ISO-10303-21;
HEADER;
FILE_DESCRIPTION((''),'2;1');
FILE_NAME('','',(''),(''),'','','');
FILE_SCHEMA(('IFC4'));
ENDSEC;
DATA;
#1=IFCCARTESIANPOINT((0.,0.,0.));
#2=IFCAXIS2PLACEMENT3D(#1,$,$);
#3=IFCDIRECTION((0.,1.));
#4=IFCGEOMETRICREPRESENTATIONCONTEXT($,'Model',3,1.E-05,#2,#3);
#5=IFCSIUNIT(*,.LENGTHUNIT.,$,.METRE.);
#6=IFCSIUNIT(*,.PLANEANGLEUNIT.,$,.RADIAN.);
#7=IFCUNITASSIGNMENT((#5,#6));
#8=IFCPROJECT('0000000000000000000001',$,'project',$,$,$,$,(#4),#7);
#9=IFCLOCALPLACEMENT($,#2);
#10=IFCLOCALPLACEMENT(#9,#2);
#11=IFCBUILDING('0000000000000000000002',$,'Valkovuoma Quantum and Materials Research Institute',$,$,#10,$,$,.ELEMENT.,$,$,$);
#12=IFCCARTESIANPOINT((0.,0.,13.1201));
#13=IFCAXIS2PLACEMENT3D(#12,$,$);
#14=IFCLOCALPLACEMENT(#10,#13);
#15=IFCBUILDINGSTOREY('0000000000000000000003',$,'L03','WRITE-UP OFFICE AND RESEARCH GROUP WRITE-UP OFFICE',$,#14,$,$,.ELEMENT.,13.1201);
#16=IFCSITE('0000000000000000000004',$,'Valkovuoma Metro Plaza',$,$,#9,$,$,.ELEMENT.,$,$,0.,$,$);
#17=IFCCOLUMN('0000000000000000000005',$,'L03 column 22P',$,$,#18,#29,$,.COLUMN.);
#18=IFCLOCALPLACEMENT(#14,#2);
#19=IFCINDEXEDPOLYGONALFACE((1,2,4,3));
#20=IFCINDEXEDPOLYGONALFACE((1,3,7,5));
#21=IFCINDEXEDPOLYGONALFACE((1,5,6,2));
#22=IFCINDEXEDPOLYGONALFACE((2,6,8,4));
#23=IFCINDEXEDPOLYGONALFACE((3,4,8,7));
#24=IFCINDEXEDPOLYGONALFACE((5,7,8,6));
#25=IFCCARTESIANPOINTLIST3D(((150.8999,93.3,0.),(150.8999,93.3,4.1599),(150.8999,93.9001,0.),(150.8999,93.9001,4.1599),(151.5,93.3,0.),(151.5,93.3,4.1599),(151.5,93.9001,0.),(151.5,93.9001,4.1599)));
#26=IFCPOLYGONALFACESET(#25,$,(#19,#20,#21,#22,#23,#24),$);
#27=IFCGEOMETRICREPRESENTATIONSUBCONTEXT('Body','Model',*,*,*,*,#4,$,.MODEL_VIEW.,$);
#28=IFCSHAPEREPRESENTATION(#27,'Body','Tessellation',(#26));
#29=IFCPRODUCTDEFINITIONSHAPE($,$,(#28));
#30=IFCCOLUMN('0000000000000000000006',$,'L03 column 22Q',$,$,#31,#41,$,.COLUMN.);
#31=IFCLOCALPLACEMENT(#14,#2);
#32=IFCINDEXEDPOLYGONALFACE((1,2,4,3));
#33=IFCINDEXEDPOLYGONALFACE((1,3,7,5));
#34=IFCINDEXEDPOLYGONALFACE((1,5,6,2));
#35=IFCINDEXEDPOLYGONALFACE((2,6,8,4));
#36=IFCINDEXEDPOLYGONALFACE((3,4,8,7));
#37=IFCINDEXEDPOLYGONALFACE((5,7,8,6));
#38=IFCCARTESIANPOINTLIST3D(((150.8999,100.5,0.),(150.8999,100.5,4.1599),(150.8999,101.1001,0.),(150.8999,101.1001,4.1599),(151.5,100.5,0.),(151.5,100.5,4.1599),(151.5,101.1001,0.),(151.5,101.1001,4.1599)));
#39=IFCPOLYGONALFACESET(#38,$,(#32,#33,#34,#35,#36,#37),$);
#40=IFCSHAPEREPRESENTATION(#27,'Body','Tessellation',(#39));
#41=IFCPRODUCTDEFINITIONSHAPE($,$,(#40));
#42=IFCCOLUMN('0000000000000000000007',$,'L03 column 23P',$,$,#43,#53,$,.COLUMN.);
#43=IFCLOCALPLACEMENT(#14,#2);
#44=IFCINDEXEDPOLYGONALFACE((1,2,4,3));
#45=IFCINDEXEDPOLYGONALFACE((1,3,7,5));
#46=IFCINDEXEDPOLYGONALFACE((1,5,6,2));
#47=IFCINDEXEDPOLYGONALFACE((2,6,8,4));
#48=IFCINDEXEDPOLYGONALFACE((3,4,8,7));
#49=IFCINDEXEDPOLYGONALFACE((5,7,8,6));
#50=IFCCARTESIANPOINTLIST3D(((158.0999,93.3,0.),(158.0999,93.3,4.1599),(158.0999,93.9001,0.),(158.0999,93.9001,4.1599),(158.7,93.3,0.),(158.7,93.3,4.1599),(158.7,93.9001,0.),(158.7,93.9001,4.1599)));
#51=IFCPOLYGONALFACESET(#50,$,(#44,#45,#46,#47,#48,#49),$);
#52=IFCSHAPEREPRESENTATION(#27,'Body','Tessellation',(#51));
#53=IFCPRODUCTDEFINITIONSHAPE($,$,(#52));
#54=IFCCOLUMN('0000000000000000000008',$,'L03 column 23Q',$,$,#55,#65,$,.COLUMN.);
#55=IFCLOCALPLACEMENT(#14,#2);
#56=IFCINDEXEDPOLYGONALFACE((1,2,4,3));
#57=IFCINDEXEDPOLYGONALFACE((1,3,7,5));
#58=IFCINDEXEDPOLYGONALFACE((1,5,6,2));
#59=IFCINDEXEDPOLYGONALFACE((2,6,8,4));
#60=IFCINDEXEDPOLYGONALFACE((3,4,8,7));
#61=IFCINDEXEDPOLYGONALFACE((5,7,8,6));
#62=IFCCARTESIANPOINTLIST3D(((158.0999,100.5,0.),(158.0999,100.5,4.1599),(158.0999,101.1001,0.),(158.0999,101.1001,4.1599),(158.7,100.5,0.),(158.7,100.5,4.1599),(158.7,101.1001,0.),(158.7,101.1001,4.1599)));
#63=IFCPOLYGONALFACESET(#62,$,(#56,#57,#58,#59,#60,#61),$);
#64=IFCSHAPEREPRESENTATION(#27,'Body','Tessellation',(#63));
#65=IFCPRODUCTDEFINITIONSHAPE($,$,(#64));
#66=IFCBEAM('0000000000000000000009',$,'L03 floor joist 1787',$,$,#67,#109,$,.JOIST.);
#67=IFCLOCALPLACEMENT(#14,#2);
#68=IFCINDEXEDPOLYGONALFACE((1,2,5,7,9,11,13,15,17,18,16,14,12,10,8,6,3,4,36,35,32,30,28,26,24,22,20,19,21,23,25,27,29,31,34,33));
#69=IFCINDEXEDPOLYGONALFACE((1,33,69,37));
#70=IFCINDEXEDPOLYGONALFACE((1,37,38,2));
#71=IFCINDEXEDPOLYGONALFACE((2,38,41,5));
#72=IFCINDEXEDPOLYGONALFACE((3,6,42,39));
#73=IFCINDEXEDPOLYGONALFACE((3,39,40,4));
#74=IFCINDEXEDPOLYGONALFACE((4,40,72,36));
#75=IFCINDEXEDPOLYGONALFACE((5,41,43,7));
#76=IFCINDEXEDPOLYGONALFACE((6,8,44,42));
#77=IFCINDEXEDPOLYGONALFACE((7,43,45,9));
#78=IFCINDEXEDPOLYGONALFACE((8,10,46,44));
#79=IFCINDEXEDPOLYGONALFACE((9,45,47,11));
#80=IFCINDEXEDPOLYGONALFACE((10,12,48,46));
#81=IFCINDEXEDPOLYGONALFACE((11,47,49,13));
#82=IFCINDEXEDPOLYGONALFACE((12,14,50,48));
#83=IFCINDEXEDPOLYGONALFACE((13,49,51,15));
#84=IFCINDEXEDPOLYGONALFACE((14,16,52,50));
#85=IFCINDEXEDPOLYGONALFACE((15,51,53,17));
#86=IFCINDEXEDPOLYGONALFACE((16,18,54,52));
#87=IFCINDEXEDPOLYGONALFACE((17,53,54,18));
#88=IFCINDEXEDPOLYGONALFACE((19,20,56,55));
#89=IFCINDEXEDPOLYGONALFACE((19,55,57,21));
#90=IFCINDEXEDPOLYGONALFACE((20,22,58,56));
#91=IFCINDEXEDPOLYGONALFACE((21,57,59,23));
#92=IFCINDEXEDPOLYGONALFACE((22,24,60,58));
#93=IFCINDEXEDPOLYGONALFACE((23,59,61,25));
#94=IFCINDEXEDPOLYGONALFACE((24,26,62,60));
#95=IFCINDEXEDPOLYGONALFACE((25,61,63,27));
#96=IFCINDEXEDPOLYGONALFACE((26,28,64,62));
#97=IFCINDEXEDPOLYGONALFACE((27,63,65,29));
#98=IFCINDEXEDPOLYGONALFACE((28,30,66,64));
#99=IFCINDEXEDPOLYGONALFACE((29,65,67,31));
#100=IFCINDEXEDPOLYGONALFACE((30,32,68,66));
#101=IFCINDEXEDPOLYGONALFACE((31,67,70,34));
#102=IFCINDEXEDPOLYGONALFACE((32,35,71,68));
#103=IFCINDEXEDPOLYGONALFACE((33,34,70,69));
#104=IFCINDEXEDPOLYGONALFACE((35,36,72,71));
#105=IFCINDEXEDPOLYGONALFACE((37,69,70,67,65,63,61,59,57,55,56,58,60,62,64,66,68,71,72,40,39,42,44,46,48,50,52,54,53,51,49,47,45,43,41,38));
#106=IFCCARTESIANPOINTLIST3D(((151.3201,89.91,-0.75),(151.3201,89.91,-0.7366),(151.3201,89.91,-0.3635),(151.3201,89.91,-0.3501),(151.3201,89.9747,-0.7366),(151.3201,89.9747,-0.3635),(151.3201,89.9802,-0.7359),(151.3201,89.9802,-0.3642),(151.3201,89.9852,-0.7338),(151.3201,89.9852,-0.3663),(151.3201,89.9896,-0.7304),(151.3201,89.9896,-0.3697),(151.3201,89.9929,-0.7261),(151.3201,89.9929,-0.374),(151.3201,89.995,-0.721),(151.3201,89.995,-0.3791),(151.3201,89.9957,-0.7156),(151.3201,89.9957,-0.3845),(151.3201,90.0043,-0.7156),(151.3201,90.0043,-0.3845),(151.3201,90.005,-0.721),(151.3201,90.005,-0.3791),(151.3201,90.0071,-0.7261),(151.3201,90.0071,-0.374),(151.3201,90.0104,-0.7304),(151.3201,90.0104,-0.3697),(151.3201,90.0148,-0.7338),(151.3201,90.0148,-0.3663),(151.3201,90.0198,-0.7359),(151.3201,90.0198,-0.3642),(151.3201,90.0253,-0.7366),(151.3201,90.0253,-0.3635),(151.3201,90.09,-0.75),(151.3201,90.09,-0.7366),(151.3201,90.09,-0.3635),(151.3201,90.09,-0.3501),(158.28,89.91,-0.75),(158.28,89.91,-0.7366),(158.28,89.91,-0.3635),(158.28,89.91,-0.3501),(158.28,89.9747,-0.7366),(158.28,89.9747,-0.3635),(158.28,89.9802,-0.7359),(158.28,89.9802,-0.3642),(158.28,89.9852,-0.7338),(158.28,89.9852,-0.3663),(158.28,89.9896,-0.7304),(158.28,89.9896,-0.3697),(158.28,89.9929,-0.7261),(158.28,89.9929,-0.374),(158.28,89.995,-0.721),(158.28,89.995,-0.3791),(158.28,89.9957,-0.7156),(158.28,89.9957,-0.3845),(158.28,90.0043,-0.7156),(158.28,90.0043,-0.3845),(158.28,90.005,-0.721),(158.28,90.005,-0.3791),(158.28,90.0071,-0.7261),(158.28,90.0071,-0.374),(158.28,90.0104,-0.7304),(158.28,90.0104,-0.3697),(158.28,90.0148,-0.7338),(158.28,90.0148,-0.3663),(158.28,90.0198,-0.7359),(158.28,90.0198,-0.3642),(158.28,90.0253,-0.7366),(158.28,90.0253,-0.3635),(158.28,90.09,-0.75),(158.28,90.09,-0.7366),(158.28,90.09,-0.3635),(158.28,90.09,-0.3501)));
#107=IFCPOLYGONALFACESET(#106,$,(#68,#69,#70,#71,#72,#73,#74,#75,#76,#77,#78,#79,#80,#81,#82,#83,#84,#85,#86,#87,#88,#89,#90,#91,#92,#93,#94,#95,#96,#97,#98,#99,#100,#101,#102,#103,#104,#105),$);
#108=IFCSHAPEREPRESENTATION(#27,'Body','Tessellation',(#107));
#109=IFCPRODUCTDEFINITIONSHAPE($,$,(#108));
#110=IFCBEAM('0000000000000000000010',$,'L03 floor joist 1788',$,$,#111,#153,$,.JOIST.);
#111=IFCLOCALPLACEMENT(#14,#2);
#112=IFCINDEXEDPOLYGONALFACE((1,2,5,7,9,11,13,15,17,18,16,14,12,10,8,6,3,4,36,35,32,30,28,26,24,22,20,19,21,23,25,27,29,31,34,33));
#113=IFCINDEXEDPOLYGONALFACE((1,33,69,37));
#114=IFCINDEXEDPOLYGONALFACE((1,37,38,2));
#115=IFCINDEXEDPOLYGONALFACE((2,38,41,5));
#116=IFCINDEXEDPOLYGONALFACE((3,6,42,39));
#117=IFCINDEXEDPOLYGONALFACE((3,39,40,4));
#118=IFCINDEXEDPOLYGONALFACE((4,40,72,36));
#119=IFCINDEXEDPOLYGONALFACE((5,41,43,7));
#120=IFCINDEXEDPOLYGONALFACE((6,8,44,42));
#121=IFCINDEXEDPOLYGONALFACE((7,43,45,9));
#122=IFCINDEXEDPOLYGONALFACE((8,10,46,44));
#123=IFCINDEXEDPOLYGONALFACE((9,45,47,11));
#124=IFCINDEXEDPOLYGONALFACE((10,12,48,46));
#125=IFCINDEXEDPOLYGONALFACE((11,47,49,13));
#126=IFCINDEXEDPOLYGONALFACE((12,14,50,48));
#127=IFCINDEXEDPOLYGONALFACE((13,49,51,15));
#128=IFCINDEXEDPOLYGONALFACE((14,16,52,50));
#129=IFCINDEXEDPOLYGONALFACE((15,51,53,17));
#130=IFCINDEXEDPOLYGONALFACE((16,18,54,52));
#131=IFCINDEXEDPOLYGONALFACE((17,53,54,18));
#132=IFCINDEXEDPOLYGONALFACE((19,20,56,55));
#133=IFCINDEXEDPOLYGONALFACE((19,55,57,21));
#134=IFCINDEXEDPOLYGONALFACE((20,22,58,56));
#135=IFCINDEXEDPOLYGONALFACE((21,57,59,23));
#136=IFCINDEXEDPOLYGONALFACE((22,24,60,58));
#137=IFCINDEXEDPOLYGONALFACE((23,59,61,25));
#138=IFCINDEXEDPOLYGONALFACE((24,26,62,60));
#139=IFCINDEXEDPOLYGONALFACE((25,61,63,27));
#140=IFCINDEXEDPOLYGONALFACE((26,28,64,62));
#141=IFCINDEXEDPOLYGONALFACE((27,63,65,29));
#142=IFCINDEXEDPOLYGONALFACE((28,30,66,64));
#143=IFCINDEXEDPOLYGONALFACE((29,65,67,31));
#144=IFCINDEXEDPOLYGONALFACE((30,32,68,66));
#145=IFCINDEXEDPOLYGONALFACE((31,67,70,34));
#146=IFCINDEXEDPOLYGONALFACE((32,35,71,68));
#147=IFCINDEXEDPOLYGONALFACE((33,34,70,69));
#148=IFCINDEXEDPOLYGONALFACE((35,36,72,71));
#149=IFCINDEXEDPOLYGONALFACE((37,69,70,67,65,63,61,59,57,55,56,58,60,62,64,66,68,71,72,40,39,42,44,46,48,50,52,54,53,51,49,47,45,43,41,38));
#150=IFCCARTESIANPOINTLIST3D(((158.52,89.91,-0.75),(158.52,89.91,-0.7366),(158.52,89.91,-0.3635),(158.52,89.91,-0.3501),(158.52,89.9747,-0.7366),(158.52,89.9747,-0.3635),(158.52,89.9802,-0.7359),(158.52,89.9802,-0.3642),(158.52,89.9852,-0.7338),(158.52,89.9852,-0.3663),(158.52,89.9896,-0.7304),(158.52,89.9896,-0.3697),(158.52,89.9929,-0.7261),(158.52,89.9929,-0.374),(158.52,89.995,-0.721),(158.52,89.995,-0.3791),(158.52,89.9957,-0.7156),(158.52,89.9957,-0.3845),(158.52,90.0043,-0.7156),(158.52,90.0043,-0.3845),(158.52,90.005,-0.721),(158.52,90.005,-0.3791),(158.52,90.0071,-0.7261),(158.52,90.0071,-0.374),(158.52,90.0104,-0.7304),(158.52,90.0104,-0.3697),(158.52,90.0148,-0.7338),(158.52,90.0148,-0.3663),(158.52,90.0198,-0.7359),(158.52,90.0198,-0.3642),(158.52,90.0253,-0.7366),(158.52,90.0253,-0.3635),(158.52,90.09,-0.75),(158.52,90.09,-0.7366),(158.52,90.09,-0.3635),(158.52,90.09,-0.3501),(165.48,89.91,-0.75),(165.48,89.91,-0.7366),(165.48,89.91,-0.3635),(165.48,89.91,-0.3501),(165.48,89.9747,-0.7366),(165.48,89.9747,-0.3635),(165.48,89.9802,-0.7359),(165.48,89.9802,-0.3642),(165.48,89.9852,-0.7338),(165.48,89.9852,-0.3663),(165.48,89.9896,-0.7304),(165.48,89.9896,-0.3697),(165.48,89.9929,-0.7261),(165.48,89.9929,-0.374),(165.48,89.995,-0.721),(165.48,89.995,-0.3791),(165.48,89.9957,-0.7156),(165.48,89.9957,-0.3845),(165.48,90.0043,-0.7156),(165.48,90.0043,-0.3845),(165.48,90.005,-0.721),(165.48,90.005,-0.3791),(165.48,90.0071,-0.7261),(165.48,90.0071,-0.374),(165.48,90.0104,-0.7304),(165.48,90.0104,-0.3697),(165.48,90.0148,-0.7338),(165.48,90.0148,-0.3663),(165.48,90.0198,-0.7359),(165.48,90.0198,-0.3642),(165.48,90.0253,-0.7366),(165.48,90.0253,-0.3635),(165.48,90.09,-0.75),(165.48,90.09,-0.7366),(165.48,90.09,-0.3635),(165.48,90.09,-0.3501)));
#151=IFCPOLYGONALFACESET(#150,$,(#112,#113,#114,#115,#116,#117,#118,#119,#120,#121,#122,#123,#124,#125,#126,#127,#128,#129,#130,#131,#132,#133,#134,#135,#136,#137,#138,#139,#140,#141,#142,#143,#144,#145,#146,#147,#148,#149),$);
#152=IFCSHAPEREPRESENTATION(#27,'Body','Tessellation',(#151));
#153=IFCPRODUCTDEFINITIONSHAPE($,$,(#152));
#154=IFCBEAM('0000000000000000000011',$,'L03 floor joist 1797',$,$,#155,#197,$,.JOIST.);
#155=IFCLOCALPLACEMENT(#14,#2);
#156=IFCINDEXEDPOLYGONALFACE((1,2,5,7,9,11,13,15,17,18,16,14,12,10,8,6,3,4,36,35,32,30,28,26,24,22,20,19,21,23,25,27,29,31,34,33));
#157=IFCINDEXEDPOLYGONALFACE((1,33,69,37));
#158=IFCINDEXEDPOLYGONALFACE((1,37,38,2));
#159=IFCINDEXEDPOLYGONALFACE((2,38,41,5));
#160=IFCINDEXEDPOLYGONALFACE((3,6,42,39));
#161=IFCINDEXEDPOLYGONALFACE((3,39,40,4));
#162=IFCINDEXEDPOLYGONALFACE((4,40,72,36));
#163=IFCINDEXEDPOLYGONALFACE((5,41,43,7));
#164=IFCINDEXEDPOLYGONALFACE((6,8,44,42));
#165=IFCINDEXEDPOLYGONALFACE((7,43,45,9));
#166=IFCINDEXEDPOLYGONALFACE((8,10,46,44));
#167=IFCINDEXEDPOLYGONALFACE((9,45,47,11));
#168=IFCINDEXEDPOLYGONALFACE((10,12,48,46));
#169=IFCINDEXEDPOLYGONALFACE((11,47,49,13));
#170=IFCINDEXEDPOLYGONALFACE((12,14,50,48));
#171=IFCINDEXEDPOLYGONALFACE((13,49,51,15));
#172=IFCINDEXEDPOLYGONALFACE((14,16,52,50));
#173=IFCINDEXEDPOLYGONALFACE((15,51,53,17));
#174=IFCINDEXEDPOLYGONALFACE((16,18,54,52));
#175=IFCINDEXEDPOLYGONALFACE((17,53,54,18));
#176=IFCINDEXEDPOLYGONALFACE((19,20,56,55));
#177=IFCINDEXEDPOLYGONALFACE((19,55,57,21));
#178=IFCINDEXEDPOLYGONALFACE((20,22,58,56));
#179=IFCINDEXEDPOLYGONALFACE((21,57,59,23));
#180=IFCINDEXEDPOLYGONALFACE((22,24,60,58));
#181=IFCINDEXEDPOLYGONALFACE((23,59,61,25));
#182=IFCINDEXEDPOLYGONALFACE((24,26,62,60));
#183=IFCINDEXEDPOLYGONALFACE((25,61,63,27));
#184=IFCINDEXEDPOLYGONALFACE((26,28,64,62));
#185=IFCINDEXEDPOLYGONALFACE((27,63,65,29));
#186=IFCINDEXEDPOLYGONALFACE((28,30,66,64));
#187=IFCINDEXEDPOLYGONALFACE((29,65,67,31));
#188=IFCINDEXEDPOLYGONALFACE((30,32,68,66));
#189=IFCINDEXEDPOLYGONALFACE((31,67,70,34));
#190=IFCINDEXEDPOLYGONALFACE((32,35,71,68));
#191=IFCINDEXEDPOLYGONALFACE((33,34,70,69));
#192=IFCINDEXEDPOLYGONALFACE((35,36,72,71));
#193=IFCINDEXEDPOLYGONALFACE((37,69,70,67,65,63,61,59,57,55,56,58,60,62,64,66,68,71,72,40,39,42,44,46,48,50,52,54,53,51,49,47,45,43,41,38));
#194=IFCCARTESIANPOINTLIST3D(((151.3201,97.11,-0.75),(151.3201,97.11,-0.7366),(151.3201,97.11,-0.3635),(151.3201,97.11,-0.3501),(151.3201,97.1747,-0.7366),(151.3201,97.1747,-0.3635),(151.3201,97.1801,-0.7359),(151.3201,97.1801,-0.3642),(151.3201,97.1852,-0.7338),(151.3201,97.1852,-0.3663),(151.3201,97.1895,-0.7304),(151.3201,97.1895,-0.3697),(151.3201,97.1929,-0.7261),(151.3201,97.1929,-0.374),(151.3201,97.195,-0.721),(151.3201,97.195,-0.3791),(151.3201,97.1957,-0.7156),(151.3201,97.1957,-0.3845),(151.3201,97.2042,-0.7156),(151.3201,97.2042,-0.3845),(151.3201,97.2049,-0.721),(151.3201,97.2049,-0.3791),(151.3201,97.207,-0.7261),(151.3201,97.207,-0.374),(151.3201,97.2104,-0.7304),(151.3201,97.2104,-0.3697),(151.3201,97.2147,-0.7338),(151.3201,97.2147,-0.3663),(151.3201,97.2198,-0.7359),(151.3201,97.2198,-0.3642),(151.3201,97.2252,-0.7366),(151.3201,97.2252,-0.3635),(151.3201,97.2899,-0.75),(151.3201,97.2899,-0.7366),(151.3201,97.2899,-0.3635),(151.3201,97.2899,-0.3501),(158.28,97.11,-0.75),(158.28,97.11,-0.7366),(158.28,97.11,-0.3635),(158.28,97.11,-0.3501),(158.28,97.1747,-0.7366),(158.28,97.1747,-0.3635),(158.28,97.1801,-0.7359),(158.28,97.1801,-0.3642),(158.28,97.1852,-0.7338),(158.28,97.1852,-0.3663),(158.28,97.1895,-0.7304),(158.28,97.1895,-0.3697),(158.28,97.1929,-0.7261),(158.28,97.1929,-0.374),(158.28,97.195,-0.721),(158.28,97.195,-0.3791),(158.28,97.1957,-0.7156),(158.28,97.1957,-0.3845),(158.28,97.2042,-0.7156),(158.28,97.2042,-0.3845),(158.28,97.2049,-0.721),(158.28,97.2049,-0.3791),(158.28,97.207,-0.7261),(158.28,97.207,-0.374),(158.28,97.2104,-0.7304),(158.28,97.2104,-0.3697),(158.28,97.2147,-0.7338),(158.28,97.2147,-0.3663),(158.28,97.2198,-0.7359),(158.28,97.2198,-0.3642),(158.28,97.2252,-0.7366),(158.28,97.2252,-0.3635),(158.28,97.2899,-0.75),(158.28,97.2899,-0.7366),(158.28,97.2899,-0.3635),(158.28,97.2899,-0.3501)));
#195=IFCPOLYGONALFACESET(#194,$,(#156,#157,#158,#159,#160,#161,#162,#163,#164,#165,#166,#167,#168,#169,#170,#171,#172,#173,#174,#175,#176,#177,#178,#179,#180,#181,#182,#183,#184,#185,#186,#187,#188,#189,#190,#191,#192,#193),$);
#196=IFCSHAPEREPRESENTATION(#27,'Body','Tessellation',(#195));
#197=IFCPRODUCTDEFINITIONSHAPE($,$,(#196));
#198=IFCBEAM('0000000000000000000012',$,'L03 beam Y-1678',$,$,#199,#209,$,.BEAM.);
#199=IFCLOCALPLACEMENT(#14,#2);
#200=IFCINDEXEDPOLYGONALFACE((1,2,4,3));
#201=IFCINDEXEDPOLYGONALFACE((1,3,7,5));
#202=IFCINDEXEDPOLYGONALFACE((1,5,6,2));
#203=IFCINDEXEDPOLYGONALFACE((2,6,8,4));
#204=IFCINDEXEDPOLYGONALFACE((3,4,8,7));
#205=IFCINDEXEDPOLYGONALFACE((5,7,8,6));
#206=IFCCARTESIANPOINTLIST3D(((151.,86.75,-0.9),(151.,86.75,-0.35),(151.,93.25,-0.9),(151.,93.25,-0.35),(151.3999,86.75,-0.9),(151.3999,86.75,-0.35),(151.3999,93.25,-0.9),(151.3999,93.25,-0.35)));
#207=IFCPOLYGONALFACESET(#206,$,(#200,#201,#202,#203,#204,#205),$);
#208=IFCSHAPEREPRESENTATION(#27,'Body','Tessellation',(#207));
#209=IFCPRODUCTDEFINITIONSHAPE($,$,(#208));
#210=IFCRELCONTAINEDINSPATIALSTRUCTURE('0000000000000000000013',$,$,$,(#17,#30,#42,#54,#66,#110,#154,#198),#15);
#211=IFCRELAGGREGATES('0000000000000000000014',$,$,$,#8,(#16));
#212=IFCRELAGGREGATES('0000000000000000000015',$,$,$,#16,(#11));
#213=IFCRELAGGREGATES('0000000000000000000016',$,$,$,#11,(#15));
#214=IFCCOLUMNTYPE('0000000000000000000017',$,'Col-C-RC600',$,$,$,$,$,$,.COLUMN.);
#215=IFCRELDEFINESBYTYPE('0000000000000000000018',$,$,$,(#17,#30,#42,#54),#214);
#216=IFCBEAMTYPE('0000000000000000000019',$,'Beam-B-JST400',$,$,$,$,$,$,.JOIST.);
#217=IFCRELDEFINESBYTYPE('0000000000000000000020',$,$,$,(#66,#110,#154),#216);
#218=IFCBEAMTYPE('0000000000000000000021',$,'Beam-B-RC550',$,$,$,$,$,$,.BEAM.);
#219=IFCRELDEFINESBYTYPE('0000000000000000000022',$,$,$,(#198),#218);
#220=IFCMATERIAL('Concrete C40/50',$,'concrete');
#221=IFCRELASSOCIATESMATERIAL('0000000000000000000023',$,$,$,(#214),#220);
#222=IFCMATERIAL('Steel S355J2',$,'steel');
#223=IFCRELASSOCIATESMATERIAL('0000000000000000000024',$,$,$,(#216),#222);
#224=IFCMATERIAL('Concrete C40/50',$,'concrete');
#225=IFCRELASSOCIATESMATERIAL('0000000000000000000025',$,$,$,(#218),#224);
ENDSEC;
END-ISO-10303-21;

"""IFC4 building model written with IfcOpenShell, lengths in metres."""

from ifc_helpers import new_model, si_unit, direction, frame, origin, origin_2d, place, context, subcontext, project, spatial, rectangle, i_section, extrude, material, material_profile, profile_set, type_object, element, save


model = new_model("IFC4")

# Units and contexts
model_context = context("Model", 3, precision=1e-05, world=origin(), true_north=direction((0.0, 1.0)))
body_context = subcontext(model_context, "Body", "Model", "MODEL_VIEW")
ifc_project = project(units=[si_unit("LENGTHUNIT", "METRE"), si_unit("PLANEANGLEUNIT", "RADIAN")], contexts=[model_context])

# Site, building, storey
site_placement = place(None, origin())
site = spatial("IfcSite", under=ifc_project, at=site_placement, Name="Valkovuoma Metro Plaza", CompositionType="ELEMENT", RefElevation=0.0)
building_placement = place(site_placement, origin())
building = spatial("IfcBuilding", under=site, at=building_placement, Name="Valkovuoma Quantum and Materials Research Institute", CompositionType="ELEMENT")
storey_placement = place(building_placement, frame((0.0, 0.0, 13.1201)))
storey = spatial("IfcBuildingStorey", under=building, at=storey_placement, Name="L03", Description="WRITE-UP OFFICE AND RESEARCH GROUP WRITE-UP OFFICE", CompositionType="ELEMENT", Elevation=13.1201)

# Columns
ifc_material_1 = material(Name="Concrete C40/50", Category="concrete")
ifc_material_profile_1 = material_profile(ifc_material_1, rectangle(XDim=0.6001, YDim=0.6001, at=origin_2d()), Name="Concrete C40/50")
ifc_profile_set_1 = profile_set([ifc_material_profile_1], Name="Concrete C40/50")
column_type = type_object("IfcColumnType", Name="Col-C-RC600", PredefinedType="COLUMN", material=ifc_profile_set_1)
for number, where, z_axis, x_axis, name in (
    (1, (151.2, 93.6001, 0.0), (0.0, 0.0, 1.0), (1.0, 0.0, 0.0), "L03 column 22P"),
    (2, (151.2, 100.8, 0.0), (0.0, 0.0, 1.0), (1.0, 0.0, 0.0), "L03 column 22Q"),
    (3, (158.3999, 93.6001, 0.0), (0.0, 0.0, 1.0), (1.0, 0.0, 0.0), "L03 column 23P"),
    (4, (158.3999, 100.8, 0.0), (0.0, 0.0, 1.0), (1.0, 0.0, 0.0), "L03 column 23Q"),
):
    element("IfcColumn", number, at=place(storey_placement, frame(where, z_axis=z_axis, x_axis=x_axis)), inside=storey, type_object=column_type, Name=name, PredefinedType="COLUMN", context=body_context, shape_type="SweptSolid", body=[
        extrude(rectangle(XDim=0.6001, YDim=0.6001, at=origin_2d()), origin(), (0.0, 0.0, 1.0), 4.1599),
    ])

# Beams
ifc_material_2 = material(Name="Steel S355J2", Category="steel")
ifc_material_profile_2 = material_profile(ifc_material_2, i_section(OverallWidth=0.1799, OverallDepth=0.3999, WebThickness=0.0085, FlangeThickness=0.0134, FilletRadius=0.021, at=origin_2d()), Name="Steel S355J2")
ifc_profile_set_2 = profile_set([ifc_material_profile_2], Name="Steel S355J2")
beam_type_1 = type_object("IfcBeamType", Name="Beam-B-JST400", PredefinedType="JOIST", material=ifc_profile_set_2)
for number, where, z_axis, x_axis, name in (
    (5, (151.3201, 90.0, -0.55), (1.0, 0.0, 0.0), (0.0, 1.0, 0.0), "L03 floor joist 1787"),
    (6, (158.52, 90.0, -0.55), (1.0, 0.0, 0.0), (0.0, 1.0, 0.0), "L03 floor joist 1788"),
    (7, (151.3201, 97.2, -0.55), (1.0, 0.0, 0.0), (0.0, 1.0, 0.0), "L03 floor joist 1797"),
):
    element("IfcBeam", number, at=place(storey_placement, frame(where, z_axis=z_axis, x_axis=x_axis)), inside=storey, type_object=beam_type_1, Name=name, PredefinedType="JOIST", context=body_context, shape_type="SweptSolid", body=[
        extrude(i_section(OverallWidth=0.1799, OverallDepth=0.3999, WebThickness=0.0085, FlangeThickness=0.0134, FilletRadius=0.021, at=origin_2d()), origin(), (0.0, 0.0, 1.0), 6.96),
    ])
ifc_material_3 = material(Name="Concrete C40/50", Category="concrete")
ifc_material_profile_3 = material_profile(ifc_material_3, rectangle(XDim=0.3999, YDim=0.55, at=origin_2d()), Name="Concrete C40/50")
ifc_profile_set_3 = profile_set([ifc_material_profile_3], Name="Concrete C40/50")
beam_type_2 = type_object("IfcBeamType", Name="Beam-B-RC550", PredefinedType="BEAM", material=ifc_profile_set_3)
for number, where, z_axis, x_axis, name in (
    (8, (151.2, 86.75, -0.625), (0.0, 1.0, 0.0), (-1.0, 0.0, 0.0), "L03 beam Y-1678"),
):
    element("IfcBeam", number, at=place(storey_placement, frame(where, z_axis=z_axis, x_axis=x_axis)), inside=storey, type_object=beam_type_2, Name=name, PredefinedType="BEAM", context=body_context, shape_type="SweptSolid", body=[
        extrude(rectangle(XDim=0.3999, YDim=0.55, at=origin_2d()), origin(), (0.0, 0.0, 1.0), 6.5),
    ])

save(model, "model.ifc")
